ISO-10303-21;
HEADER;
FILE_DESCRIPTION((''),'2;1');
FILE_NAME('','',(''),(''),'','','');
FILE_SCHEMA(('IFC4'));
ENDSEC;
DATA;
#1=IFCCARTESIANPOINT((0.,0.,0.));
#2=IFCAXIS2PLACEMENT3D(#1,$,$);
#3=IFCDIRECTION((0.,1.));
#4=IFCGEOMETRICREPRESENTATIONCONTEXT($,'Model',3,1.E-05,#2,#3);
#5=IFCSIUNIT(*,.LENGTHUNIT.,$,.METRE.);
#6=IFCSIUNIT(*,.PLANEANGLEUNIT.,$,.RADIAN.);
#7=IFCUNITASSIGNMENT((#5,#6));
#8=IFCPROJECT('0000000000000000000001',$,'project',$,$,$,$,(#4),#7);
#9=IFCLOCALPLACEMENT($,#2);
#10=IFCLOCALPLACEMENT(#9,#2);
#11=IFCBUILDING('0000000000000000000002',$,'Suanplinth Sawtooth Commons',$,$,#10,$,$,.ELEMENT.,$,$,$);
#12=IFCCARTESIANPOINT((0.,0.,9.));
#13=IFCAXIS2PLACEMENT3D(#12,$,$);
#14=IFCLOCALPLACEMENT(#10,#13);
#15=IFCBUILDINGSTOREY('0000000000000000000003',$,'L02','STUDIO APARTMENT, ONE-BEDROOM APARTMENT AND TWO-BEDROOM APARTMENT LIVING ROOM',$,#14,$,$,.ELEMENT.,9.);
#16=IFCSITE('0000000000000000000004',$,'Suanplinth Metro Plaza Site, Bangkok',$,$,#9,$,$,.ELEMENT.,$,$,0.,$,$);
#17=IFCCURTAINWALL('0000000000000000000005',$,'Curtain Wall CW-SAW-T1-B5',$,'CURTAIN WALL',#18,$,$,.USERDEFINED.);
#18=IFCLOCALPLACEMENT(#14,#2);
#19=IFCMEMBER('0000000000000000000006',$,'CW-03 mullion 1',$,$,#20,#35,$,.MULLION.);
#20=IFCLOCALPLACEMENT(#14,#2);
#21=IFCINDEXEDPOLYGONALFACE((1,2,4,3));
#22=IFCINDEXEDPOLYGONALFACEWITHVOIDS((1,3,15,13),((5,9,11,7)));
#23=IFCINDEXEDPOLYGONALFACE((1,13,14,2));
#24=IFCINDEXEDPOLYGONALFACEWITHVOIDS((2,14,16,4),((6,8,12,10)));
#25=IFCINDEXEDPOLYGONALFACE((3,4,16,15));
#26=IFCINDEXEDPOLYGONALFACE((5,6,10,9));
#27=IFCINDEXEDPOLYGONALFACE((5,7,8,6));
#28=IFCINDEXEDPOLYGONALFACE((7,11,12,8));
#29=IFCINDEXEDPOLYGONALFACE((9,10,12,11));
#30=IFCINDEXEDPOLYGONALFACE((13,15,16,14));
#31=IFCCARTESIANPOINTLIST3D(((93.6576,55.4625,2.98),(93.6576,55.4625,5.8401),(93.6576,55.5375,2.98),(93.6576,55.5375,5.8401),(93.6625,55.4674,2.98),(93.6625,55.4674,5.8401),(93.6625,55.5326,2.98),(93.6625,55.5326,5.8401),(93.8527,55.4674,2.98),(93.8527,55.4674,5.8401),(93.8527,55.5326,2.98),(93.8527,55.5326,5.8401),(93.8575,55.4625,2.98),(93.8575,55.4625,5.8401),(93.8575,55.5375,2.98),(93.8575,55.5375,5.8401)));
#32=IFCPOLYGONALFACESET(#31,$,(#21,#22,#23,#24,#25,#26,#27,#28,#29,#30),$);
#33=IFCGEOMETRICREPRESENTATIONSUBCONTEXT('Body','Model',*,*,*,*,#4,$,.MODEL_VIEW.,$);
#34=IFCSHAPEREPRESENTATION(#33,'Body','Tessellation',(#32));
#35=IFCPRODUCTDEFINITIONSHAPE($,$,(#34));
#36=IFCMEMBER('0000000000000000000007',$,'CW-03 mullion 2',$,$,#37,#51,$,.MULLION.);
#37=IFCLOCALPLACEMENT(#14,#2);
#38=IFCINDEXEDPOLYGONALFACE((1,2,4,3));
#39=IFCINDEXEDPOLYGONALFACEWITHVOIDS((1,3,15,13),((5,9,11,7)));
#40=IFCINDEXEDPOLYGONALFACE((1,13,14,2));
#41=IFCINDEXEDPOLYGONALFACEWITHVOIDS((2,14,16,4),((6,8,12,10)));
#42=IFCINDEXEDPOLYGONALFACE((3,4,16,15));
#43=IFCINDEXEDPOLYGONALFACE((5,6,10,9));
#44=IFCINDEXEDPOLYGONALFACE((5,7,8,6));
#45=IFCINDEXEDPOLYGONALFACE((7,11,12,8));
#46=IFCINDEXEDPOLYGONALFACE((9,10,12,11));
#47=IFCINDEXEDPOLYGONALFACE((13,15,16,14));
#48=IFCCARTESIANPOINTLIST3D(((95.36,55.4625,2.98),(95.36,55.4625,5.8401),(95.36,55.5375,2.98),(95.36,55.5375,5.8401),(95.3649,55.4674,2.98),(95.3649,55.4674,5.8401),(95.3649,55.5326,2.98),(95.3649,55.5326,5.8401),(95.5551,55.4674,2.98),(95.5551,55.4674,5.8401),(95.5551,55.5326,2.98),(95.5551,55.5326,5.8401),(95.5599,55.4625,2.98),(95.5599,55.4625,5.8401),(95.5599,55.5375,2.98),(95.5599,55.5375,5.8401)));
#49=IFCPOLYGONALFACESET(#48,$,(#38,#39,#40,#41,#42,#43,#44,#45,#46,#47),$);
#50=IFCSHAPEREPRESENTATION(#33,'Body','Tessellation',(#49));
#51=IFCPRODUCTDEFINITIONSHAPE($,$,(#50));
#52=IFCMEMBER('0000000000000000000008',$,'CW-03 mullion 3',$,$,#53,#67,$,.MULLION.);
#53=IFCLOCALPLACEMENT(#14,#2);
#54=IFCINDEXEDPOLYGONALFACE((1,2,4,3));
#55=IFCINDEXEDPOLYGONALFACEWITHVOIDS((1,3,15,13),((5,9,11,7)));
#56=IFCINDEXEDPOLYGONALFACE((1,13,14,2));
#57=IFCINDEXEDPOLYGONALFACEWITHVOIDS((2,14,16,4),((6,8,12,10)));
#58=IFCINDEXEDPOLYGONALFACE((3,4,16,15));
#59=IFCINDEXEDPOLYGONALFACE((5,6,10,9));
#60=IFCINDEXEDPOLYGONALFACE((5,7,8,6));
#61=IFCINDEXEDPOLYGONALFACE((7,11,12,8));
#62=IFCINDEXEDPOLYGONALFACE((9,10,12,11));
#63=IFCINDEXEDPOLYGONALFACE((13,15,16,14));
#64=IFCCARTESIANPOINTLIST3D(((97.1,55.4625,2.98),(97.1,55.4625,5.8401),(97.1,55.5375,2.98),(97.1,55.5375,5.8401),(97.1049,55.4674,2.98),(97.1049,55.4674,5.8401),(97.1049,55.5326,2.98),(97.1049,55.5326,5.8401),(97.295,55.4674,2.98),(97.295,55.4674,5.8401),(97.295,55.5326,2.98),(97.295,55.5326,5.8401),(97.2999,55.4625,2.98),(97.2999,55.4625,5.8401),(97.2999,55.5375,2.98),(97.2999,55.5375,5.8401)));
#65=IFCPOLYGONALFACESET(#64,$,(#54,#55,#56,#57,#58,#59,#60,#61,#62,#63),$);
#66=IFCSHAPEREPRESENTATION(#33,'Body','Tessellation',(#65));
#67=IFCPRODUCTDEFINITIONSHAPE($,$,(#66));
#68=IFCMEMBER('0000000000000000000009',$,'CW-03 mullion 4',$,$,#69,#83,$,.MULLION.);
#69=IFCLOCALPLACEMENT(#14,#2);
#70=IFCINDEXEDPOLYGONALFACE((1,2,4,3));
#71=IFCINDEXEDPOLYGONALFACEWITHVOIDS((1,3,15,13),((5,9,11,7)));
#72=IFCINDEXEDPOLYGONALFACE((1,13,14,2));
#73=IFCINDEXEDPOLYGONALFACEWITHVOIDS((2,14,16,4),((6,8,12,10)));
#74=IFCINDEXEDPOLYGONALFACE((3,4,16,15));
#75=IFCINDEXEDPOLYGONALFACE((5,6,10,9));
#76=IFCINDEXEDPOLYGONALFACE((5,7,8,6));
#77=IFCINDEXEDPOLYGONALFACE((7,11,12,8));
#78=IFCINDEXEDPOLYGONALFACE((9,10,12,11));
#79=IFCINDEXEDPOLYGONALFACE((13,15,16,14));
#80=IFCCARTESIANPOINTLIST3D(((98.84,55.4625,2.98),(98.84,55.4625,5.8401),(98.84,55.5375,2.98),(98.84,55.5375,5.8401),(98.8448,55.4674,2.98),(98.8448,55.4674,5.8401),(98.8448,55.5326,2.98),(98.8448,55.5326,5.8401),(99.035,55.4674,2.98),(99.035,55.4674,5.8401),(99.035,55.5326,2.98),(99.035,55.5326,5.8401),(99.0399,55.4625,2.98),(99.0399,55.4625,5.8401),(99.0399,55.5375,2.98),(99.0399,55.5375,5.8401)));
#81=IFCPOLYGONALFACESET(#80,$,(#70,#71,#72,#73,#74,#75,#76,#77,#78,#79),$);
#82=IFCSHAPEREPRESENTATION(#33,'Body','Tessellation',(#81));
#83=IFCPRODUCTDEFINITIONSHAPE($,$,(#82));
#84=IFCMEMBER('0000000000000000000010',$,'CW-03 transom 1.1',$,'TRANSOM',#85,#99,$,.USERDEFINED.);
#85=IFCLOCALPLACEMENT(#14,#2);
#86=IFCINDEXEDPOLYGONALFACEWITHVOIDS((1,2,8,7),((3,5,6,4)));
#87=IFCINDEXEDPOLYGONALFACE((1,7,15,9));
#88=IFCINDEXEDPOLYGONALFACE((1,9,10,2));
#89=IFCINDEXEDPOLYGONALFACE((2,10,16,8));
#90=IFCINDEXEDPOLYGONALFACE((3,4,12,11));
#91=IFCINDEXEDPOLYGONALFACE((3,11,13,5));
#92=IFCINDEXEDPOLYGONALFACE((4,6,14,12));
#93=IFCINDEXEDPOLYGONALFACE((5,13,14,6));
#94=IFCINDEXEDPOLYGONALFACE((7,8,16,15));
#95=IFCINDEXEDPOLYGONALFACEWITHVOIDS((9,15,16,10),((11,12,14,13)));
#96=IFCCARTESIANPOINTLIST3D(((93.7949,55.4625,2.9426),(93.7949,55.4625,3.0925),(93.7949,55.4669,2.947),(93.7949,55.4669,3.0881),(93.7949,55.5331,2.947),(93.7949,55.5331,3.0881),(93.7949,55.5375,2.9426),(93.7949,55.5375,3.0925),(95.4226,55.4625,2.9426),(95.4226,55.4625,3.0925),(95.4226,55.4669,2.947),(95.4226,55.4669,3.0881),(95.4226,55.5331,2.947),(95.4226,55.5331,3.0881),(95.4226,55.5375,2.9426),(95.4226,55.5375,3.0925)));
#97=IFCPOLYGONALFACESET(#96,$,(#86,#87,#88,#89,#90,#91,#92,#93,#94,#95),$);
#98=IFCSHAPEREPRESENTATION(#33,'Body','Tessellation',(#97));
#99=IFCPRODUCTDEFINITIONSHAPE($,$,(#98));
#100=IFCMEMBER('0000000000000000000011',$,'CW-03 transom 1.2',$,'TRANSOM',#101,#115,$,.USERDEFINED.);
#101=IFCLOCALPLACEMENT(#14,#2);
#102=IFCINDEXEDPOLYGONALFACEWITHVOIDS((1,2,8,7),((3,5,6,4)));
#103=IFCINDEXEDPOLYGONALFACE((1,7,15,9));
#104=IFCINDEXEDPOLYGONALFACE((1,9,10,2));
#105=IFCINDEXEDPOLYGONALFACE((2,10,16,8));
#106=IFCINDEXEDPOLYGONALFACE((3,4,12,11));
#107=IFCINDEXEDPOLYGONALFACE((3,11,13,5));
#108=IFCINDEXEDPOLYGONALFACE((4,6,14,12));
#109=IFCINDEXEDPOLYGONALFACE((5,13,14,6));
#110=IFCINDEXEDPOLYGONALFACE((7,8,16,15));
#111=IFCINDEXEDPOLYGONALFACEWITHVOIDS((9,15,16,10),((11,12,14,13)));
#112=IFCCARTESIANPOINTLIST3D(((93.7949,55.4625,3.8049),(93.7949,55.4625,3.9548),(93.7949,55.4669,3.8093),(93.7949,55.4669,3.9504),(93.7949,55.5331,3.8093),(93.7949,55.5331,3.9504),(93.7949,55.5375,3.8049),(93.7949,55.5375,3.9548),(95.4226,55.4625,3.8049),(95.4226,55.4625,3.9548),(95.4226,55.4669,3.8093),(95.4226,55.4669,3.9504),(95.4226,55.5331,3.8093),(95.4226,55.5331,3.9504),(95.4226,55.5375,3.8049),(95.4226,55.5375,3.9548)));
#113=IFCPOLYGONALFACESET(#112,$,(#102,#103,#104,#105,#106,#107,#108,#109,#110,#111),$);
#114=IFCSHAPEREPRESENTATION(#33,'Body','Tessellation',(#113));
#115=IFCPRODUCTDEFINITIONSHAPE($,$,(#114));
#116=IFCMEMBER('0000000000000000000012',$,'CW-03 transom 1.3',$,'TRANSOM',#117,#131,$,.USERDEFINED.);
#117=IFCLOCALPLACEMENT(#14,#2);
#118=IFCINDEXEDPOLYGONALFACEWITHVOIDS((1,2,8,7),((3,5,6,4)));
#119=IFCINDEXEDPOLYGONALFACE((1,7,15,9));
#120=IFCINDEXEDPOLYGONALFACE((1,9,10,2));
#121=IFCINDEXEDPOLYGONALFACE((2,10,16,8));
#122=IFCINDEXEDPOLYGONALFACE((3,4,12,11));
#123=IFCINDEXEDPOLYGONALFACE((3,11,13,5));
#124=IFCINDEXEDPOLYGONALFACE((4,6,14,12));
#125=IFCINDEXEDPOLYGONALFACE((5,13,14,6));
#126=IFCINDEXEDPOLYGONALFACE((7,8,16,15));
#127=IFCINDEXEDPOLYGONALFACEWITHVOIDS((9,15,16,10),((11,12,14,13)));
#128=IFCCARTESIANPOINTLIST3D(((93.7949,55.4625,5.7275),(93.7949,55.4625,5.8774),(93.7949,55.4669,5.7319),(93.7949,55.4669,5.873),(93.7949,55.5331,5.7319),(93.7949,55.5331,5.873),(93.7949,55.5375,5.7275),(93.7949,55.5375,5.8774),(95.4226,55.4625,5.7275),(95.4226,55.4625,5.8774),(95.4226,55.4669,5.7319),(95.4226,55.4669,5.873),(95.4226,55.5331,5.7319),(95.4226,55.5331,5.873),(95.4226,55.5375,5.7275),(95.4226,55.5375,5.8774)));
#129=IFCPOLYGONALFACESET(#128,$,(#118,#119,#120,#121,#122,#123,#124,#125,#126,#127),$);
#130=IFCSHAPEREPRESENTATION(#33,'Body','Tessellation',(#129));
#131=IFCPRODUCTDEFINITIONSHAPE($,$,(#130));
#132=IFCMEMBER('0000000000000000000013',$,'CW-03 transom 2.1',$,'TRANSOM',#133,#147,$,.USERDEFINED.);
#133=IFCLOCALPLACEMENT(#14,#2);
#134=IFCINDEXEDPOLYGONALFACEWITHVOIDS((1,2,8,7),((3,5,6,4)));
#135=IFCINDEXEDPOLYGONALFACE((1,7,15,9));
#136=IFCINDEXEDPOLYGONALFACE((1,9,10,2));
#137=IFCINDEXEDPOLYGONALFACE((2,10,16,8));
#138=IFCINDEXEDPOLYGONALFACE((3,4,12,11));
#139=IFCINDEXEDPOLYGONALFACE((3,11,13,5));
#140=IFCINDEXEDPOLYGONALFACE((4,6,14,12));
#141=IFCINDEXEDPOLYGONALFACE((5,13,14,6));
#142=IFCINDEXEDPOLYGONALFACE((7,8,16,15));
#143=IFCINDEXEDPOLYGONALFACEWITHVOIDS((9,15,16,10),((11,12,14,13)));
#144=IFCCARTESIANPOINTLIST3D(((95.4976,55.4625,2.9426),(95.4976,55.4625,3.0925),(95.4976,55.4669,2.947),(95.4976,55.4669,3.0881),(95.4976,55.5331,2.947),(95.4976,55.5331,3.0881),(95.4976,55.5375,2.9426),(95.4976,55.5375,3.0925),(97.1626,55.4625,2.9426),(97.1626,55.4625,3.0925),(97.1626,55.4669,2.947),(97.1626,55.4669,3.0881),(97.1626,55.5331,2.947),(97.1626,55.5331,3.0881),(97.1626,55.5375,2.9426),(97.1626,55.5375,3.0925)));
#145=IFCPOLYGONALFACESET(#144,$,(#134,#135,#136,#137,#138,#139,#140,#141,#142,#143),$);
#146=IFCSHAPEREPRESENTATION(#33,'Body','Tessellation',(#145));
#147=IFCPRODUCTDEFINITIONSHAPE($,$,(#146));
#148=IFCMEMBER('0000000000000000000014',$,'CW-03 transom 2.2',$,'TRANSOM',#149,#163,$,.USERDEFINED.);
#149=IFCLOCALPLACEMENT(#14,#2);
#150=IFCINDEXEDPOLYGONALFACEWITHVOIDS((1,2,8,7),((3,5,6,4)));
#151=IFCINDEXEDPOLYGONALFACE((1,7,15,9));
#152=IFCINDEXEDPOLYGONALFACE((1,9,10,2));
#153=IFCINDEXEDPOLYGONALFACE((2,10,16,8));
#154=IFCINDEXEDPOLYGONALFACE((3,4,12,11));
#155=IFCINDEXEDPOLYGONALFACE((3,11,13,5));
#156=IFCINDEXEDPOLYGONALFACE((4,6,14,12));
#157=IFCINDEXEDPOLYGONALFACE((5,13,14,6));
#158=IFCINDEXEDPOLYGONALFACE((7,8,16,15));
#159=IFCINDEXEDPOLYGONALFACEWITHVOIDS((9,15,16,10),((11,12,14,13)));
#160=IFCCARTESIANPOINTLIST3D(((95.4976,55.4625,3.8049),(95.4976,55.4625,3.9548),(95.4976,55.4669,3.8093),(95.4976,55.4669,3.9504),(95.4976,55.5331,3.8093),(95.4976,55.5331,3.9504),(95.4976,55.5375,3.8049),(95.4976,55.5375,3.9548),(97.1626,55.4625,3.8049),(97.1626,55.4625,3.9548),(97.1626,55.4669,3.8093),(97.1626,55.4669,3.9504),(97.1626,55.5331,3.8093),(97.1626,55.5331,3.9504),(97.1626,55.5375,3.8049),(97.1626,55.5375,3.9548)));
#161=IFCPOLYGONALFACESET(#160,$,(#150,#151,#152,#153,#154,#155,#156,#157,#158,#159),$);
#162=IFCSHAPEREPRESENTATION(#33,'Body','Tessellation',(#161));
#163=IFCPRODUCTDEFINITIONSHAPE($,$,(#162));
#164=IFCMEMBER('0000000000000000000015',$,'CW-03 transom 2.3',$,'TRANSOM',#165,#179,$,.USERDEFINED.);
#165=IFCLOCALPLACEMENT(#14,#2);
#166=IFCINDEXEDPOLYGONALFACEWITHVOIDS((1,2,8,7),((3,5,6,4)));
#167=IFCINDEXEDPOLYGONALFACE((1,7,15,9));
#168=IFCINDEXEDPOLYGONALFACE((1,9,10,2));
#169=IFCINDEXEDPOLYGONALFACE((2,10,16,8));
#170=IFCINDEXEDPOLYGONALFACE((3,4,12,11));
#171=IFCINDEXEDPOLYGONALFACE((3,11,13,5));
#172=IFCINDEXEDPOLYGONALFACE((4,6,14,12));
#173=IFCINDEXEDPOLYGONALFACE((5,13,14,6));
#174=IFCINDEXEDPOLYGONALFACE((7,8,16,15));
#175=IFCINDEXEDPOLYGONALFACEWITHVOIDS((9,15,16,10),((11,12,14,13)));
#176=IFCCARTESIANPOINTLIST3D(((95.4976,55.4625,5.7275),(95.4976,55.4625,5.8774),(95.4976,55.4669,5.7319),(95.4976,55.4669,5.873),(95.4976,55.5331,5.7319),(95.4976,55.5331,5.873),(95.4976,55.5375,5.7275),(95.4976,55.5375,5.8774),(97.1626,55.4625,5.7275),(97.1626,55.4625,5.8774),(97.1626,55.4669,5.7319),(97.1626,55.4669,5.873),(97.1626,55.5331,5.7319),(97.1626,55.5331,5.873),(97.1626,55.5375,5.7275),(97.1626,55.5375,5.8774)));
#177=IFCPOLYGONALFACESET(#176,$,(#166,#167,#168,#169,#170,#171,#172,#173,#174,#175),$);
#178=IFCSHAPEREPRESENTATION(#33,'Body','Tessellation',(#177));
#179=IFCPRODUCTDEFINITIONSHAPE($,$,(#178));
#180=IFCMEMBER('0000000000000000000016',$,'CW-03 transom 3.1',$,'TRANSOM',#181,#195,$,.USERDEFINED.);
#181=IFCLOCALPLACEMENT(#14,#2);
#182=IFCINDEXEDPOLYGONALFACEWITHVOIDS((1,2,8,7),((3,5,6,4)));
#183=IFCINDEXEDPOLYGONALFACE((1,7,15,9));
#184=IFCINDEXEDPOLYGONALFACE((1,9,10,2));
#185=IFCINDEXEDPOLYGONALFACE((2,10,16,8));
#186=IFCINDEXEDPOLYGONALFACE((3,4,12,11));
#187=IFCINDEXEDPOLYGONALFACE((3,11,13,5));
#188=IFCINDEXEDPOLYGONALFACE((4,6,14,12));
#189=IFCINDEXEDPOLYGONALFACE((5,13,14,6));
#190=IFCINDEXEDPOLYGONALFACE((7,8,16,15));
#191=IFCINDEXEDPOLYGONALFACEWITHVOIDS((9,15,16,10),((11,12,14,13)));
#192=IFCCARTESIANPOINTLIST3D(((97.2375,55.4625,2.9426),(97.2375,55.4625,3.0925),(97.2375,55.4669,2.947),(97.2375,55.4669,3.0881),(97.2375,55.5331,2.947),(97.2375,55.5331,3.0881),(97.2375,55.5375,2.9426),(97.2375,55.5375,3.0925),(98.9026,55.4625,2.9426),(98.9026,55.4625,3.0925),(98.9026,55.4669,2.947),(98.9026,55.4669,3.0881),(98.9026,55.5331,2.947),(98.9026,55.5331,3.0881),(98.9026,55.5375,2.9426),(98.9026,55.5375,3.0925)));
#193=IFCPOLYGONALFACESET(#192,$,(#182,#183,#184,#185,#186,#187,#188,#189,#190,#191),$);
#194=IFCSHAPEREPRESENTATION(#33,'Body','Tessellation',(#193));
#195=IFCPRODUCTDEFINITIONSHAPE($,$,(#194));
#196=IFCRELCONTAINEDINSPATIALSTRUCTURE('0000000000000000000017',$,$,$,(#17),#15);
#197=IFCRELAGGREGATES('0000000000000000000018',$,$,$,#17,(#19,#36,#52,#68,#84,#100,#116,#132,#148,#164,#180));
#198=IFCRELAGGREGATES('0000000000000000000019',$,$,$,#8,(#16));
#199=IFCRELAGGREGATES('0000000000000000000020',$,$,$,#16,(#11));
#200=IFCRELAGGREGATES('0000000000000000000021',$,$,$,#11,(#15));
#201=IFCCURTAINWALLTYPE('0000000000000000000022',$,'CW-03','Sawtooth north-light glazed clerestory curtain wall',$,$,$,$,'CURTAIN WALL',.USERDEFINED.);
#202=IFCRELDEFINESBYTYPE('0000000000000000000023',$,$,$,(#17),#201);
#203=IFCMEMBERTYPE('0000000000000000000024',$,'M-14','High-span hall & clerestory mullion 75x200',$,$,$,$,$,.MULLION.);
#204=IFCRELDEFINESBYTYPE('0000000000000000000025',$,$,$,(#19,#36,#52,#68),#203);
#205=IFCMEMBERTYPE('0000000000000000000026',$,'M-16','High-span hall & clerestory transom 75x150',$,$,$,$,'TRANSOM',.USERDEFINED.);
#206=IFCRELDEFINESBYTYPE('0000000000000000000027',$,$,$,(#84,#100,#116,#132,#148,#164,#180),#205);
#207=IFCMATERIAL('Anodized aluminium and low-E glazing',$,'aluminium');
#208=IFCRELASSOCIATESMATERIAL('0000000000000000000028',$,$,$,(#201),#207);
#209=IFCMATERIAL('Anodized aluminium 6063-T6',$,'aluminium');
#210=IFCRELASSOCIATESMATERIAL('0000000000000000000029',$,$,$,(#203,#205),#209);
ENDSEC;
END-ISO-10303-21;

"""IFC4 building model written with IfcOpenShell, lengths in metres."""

from ifc_helpers import new_model, si_unit, direction, frame, origin, origin_2d, place, context, subcontext, project, spatial, hollow_rectangle, extrude, material, material_profile, profile_set, type_object, element, aggregate, save


model = new_model("IFC4")

# Units and contexts
model_context = context("Model", 3, precision=1e-05, world=origin(), true_north=direction((0.0, 1.0)))
body_context = subcontext(model_context, "Body", "Model", "MODEL_VIEW")
ifc_project = project(units=[si_unit("LENGTHUNIT", "METRE"), si_unit("PLANEANGLEUNIT", "RADIAN")], contexts=[model_context])

# Site, building, storey
site_placement = place(None, origin())
site = spatial("IfcSite", under=ifc_project, at=site_placement, Name="Suanplinth Metro Plaza Site, Bangkok", CompositionType="ELEMENT", RefElevation=0.0)
building_placement = place(site_placement, origin())
building = spatial("IfcBuilding", under=site, at=building_placement, Name="Suanplinth Sawtooth Commons", CompositionType="ELEMENT")
storey_placement = place(building_placement, frame((0.0, 0.0, 9.0)))
storey = spatial("IfcBuildingStorey", under=building, at=storey_placement, Name="L02", Description="STUDIO APARTMENT, ONE-BEDROOM APARTMENT AND TWO-BEDROOM APARTMENT LIVING ROOM", CompositionType="ELEMENT", Elevation=9.0)

# Shared definitions
ifc_material_1 = material(Name="Anodized aluminium and low-E glazing", Category="aluminium")
curtain_wall_type = type_object("IfcCurtainWallType", Name="CW-03", Description="Sawtooth north-light glazed clerestory curtain wall", ElementType="CURTAIN WALL", PredefinedType="USERDEFINED", material=ifc_material_1)
ifc_material_2 = material(Name="Anodized aluminium 6063-T6", Category="aluminium")
ifc_material_profile_1 = material_profile(ifc_material_2, hollow_rectangle(XDim=0.075, YDim=0.2, WallThickness=0.0049, at=origin_2d()), Name="ALU-MUL 75x200")
ifc_profile_set_1 = profile_set([ifc_material_profile_1], Name="Anodized aluminium 6063-T6")
member_type_1 = type_object("IfcMemberType", Name="M-14", Description="High-span hall & clerestory mullion 75x200", PredefinedType="MULLION", material=ifc_profile_set_1)

# Curtain wall, members
curtain_wall_1_placement = place(storey_placement, origin())
curtain_wall_1 = element("IfcCurtainWall", 1, at=curtain_wall_1_placement, inside=storey, type_object=curtain_wall_type, Name="Curtain Wall CW-SAW-T1-B5", ObjectType="CURTAIN WALL", PredefinedType="USERDEFINED")
member_1_placement = place(storey_placement, frame((93.7576, 55.5, 2.98), z_axis=(0.0, 0.0, 1.0), x_axis=(0.0, 1.0, 0.0)))
member_1 = element("IfcMember", 2, at=member_1_placement, type_object=member_type_1, Name="CW-03 mullion 1", PredefinedType="MULLION", context=body_context, shape_type="SweptSolid", body=[
    extrude(hollow_rectangle(XDim=0.075, YDim=0.2, WallThickness=0.0049, at=origin_2d()), origin(), (0.0, 0.0, 1.0), 2.8601),
])
member_2_placement = place(storey_placement, frame((95.46, 55.5, 2.98), z_axis=(0.0, 0.0, 1.0), x_axis=(0.0, 1.0, 0.0)))
member_2 = element("IfcMember", 3, at=member_2_placement, type_object=member_type_1, Name="CW-03 mullion 2", PredefinedType="MULLION", context=body_context, shape_type="SweptSolid", body=[
    extrude(hollow_rectangle(XDim=0.075, YDim=0.2, WallThickness=0.0049, at=origin_2d()), origin(), (0.0, 0.0, 1.0), 2.8601),
])
member_3_placement = place(storey_placement, frame((97.2, 55.5, 2.98), z_axis=(0.0, 0.0, 1.0), x_axis=(0.0, 1.0, 0.0)))
member_3 = element("IfcMember", 4, at=member_3_placement, type_object=member_type_1, Name="CW-03 mullion 3", PredefinedType="MULLION", context=body_context, shape_type="SweptSolid", body=[
    extrude(hollow_rectangle(XDim=0.075, YDim=0.2, WallThickness=0.0049, at=origin_2d()), origin(), (0.0, 0.0, 1.0), 2.8601),
])
member_4_placement = place(storey_placement, frame((98.9399, 55.5, 2.98), z_axis=(0.0, 0.0, 1.0), x_axis=(0.0, 1.0, 0.0)))
member_4 = element("IfcMember", 5, at=member_4_placement, type_object=member_type_1, Name="CW-03 mullion 4", PredefinedType="MULLION", context=body_context, shape_type="SweptSolid", body=[
    extrude(hollow_rectangle(XDim=0.075, YDim=0.2, WallThickness=0.0049, at=origin_2d()), origin(), (0.0, 0.0, 1.0), 2.8601),
])
ifc_material_profile_2 = material_profile(ifc_material_2, hollow_rectangle(XDim=0.075, YDim=0.1499, WallThickness=0.0044, at=origin_2d()), Name="ALU-TRN 75x150")
ifc_profile_set_2 = profile_set([ifc_material_profile_2], Name="Anodized aluminium 6063-T6")
member_type_2 = type_object("IfcMemberType", Name="M-16", Description="High-span hall & clerestory transom 75x150", ElementType="TRANSOM", PredefinedType="USERDEFINED", material=ifc_profile_set_2)
member_5_placement = place(storey_placement, frame((93.7949, 55.5, 3.0176), z_axis=(1.0, 0.0, 0.0), x_axis=(0.0, 1.0, 0.0)))
member_5 = element("IfcMember", 6, at=member_5_placement, type_object=member_type_2, Name="CW-03 transom 1.1", ObjectType="TRANSOM", PredefinedType="USERDEFINED", context=body_context, shape_type="SweptSolid", body=[
    extrude(hollow_rectangle(XDim=0.075, YDim=0.1499, WallThickness=0.0044, at=origin_2d()), origin(), (0.0, 0.0, 1.0), 1.6277),
])
member_6_placement = place(storey_placement, frame((93.7949, 55.5, 3.8799), z_axis=(1.0, 0.0, 0.0), x_axis=(0.0, 1.0, 0.0)))
member_6 = element("IfcMember", 7, at=member_6_placement, type_object=member_type_2, Name="CW-03 transom 1.2", ObjectType="TRANSOM", PredefinedType="USERDEFINED", context=body_context, shape_type="SweptSolid", body=[
    extrude(hollow_rectangle(XDim=0.075, YDim=0.1499, WallThickness=0.0044, at=origin_2d()), origin(), (0.0, 0.0, 1.0), 1.6277),
])
member_7_placement = place(storey_placement, frame((93.7949, 55.5, 5.8025), z_axis=(1.0, 0.0, 0.0), x_axis=(0.0, 1.0, 0.0)))
member_7 = element("IfcMember", 8, at=member_7_placement, type_object=member_type_2, Name="CW-03 transom 1.3", ObjectType="TRANSOM", PredefinedType="USERDEFINED", context=body_context, shape_type="SweptSolid", body=[
    extrude(hollow_rectangle(XDim=0.075, YDim=0.1499, WallThickness=0.0044, at=origin_2d()), origin(), (0.0, 0.0, 1.0), 1.6277),
])
member_8_placement = place(storey_placement, frame((95.4976, 55.5, 3.0176), z_axis=(1.0, 0.0, 0.0), x_axis=(0.0, 1.0, 0.0)))
member_8 = element("IfcMember", 9, at=member_8_placement, type_object=member_type_2, Name="CW-03 transom 2.1", ObjectType="TRANSOM", PredefinedType="USERDEFINED", context=body_context, shape_type="SweptSolid", body=[
    extrude(hollow_rectangle(XDim=0.075, YDim=0.1499, WallThickness=0.0044, at=origin_2d()), origin(), (0.0, 0.0, 1.0), 1.665),
])
member_9_placement = place(storey_placement, frame((95.4976, 55.5, 3.8799), z_axis=(1.0, 0.0, 0.0), x_axis=(0.0, 1.0, 0.0)))
member_9 = element("IfcMember", 10, at=member_9_placement, type_object=member_type_2, Name="CW-03 transom 2.2", ObjectType="TRANSOM", PredefinedType="USERDEFINED", context=body_context, shape_type="SweptSolid", body=[
    extrude(hollow_rectangle(XDim=0.075, YDim=0.1499, WallThickness=0.0044, at=origin_2d()), origin(), (0.0, 0.0, 1.0), 1.665),
])
member_10_placement = place(storey_placement, frame((95.4976, 55.5, 5.8025), z_axis=(1.0, 0.0, 0.0), x_axis=(0.0, 1.0, 0.0)))
member_10 = element("IfcMember", 11, at=member_10_placement, type_object=member_type_2, Name="CW-03 transom 2.3", ObjectType="TRANSOM", PredefinedType="USERDEFINED", context=body_context, shape_type="SweptSolid", body=[
    extrude(hollow_rectangle(XDim=0.075, YDim=0.1499, WallThickness=0.0044, at=origin_2d()), origin(), (0.0, 0.0, 1.0), 1.665),
])
member_11_placement = place(storey_placement, frame((97.2375, 55.5, 3.0176), z_axis=(1.0, 0.0, 0.0), x_axis=(0.0, 1.0, 0.0)))
member_11 = element("IfcMember", 12, at=member_11_placement, type_object=member_type_2, Name="CW-03 transom 3.1", ObjectType="TRANSOM", PredefinedType="USERDEFINED", context=body_context, shape_type="SweptSolid", body=[
    extrude(hollow_rectangle(XDim=0.075, YDim=0.1499, WallThickness=0.0044, at=origin_2d()), origin(), (0.0, 0.0, 1.0), 1.665),
])

aggregate(curtain_wall_1, [member_1, member_2, member_3, member_4, member_5, member_6, member_7, member_8, member_9, member_10, member_11])

save(model, "model.ifc")
